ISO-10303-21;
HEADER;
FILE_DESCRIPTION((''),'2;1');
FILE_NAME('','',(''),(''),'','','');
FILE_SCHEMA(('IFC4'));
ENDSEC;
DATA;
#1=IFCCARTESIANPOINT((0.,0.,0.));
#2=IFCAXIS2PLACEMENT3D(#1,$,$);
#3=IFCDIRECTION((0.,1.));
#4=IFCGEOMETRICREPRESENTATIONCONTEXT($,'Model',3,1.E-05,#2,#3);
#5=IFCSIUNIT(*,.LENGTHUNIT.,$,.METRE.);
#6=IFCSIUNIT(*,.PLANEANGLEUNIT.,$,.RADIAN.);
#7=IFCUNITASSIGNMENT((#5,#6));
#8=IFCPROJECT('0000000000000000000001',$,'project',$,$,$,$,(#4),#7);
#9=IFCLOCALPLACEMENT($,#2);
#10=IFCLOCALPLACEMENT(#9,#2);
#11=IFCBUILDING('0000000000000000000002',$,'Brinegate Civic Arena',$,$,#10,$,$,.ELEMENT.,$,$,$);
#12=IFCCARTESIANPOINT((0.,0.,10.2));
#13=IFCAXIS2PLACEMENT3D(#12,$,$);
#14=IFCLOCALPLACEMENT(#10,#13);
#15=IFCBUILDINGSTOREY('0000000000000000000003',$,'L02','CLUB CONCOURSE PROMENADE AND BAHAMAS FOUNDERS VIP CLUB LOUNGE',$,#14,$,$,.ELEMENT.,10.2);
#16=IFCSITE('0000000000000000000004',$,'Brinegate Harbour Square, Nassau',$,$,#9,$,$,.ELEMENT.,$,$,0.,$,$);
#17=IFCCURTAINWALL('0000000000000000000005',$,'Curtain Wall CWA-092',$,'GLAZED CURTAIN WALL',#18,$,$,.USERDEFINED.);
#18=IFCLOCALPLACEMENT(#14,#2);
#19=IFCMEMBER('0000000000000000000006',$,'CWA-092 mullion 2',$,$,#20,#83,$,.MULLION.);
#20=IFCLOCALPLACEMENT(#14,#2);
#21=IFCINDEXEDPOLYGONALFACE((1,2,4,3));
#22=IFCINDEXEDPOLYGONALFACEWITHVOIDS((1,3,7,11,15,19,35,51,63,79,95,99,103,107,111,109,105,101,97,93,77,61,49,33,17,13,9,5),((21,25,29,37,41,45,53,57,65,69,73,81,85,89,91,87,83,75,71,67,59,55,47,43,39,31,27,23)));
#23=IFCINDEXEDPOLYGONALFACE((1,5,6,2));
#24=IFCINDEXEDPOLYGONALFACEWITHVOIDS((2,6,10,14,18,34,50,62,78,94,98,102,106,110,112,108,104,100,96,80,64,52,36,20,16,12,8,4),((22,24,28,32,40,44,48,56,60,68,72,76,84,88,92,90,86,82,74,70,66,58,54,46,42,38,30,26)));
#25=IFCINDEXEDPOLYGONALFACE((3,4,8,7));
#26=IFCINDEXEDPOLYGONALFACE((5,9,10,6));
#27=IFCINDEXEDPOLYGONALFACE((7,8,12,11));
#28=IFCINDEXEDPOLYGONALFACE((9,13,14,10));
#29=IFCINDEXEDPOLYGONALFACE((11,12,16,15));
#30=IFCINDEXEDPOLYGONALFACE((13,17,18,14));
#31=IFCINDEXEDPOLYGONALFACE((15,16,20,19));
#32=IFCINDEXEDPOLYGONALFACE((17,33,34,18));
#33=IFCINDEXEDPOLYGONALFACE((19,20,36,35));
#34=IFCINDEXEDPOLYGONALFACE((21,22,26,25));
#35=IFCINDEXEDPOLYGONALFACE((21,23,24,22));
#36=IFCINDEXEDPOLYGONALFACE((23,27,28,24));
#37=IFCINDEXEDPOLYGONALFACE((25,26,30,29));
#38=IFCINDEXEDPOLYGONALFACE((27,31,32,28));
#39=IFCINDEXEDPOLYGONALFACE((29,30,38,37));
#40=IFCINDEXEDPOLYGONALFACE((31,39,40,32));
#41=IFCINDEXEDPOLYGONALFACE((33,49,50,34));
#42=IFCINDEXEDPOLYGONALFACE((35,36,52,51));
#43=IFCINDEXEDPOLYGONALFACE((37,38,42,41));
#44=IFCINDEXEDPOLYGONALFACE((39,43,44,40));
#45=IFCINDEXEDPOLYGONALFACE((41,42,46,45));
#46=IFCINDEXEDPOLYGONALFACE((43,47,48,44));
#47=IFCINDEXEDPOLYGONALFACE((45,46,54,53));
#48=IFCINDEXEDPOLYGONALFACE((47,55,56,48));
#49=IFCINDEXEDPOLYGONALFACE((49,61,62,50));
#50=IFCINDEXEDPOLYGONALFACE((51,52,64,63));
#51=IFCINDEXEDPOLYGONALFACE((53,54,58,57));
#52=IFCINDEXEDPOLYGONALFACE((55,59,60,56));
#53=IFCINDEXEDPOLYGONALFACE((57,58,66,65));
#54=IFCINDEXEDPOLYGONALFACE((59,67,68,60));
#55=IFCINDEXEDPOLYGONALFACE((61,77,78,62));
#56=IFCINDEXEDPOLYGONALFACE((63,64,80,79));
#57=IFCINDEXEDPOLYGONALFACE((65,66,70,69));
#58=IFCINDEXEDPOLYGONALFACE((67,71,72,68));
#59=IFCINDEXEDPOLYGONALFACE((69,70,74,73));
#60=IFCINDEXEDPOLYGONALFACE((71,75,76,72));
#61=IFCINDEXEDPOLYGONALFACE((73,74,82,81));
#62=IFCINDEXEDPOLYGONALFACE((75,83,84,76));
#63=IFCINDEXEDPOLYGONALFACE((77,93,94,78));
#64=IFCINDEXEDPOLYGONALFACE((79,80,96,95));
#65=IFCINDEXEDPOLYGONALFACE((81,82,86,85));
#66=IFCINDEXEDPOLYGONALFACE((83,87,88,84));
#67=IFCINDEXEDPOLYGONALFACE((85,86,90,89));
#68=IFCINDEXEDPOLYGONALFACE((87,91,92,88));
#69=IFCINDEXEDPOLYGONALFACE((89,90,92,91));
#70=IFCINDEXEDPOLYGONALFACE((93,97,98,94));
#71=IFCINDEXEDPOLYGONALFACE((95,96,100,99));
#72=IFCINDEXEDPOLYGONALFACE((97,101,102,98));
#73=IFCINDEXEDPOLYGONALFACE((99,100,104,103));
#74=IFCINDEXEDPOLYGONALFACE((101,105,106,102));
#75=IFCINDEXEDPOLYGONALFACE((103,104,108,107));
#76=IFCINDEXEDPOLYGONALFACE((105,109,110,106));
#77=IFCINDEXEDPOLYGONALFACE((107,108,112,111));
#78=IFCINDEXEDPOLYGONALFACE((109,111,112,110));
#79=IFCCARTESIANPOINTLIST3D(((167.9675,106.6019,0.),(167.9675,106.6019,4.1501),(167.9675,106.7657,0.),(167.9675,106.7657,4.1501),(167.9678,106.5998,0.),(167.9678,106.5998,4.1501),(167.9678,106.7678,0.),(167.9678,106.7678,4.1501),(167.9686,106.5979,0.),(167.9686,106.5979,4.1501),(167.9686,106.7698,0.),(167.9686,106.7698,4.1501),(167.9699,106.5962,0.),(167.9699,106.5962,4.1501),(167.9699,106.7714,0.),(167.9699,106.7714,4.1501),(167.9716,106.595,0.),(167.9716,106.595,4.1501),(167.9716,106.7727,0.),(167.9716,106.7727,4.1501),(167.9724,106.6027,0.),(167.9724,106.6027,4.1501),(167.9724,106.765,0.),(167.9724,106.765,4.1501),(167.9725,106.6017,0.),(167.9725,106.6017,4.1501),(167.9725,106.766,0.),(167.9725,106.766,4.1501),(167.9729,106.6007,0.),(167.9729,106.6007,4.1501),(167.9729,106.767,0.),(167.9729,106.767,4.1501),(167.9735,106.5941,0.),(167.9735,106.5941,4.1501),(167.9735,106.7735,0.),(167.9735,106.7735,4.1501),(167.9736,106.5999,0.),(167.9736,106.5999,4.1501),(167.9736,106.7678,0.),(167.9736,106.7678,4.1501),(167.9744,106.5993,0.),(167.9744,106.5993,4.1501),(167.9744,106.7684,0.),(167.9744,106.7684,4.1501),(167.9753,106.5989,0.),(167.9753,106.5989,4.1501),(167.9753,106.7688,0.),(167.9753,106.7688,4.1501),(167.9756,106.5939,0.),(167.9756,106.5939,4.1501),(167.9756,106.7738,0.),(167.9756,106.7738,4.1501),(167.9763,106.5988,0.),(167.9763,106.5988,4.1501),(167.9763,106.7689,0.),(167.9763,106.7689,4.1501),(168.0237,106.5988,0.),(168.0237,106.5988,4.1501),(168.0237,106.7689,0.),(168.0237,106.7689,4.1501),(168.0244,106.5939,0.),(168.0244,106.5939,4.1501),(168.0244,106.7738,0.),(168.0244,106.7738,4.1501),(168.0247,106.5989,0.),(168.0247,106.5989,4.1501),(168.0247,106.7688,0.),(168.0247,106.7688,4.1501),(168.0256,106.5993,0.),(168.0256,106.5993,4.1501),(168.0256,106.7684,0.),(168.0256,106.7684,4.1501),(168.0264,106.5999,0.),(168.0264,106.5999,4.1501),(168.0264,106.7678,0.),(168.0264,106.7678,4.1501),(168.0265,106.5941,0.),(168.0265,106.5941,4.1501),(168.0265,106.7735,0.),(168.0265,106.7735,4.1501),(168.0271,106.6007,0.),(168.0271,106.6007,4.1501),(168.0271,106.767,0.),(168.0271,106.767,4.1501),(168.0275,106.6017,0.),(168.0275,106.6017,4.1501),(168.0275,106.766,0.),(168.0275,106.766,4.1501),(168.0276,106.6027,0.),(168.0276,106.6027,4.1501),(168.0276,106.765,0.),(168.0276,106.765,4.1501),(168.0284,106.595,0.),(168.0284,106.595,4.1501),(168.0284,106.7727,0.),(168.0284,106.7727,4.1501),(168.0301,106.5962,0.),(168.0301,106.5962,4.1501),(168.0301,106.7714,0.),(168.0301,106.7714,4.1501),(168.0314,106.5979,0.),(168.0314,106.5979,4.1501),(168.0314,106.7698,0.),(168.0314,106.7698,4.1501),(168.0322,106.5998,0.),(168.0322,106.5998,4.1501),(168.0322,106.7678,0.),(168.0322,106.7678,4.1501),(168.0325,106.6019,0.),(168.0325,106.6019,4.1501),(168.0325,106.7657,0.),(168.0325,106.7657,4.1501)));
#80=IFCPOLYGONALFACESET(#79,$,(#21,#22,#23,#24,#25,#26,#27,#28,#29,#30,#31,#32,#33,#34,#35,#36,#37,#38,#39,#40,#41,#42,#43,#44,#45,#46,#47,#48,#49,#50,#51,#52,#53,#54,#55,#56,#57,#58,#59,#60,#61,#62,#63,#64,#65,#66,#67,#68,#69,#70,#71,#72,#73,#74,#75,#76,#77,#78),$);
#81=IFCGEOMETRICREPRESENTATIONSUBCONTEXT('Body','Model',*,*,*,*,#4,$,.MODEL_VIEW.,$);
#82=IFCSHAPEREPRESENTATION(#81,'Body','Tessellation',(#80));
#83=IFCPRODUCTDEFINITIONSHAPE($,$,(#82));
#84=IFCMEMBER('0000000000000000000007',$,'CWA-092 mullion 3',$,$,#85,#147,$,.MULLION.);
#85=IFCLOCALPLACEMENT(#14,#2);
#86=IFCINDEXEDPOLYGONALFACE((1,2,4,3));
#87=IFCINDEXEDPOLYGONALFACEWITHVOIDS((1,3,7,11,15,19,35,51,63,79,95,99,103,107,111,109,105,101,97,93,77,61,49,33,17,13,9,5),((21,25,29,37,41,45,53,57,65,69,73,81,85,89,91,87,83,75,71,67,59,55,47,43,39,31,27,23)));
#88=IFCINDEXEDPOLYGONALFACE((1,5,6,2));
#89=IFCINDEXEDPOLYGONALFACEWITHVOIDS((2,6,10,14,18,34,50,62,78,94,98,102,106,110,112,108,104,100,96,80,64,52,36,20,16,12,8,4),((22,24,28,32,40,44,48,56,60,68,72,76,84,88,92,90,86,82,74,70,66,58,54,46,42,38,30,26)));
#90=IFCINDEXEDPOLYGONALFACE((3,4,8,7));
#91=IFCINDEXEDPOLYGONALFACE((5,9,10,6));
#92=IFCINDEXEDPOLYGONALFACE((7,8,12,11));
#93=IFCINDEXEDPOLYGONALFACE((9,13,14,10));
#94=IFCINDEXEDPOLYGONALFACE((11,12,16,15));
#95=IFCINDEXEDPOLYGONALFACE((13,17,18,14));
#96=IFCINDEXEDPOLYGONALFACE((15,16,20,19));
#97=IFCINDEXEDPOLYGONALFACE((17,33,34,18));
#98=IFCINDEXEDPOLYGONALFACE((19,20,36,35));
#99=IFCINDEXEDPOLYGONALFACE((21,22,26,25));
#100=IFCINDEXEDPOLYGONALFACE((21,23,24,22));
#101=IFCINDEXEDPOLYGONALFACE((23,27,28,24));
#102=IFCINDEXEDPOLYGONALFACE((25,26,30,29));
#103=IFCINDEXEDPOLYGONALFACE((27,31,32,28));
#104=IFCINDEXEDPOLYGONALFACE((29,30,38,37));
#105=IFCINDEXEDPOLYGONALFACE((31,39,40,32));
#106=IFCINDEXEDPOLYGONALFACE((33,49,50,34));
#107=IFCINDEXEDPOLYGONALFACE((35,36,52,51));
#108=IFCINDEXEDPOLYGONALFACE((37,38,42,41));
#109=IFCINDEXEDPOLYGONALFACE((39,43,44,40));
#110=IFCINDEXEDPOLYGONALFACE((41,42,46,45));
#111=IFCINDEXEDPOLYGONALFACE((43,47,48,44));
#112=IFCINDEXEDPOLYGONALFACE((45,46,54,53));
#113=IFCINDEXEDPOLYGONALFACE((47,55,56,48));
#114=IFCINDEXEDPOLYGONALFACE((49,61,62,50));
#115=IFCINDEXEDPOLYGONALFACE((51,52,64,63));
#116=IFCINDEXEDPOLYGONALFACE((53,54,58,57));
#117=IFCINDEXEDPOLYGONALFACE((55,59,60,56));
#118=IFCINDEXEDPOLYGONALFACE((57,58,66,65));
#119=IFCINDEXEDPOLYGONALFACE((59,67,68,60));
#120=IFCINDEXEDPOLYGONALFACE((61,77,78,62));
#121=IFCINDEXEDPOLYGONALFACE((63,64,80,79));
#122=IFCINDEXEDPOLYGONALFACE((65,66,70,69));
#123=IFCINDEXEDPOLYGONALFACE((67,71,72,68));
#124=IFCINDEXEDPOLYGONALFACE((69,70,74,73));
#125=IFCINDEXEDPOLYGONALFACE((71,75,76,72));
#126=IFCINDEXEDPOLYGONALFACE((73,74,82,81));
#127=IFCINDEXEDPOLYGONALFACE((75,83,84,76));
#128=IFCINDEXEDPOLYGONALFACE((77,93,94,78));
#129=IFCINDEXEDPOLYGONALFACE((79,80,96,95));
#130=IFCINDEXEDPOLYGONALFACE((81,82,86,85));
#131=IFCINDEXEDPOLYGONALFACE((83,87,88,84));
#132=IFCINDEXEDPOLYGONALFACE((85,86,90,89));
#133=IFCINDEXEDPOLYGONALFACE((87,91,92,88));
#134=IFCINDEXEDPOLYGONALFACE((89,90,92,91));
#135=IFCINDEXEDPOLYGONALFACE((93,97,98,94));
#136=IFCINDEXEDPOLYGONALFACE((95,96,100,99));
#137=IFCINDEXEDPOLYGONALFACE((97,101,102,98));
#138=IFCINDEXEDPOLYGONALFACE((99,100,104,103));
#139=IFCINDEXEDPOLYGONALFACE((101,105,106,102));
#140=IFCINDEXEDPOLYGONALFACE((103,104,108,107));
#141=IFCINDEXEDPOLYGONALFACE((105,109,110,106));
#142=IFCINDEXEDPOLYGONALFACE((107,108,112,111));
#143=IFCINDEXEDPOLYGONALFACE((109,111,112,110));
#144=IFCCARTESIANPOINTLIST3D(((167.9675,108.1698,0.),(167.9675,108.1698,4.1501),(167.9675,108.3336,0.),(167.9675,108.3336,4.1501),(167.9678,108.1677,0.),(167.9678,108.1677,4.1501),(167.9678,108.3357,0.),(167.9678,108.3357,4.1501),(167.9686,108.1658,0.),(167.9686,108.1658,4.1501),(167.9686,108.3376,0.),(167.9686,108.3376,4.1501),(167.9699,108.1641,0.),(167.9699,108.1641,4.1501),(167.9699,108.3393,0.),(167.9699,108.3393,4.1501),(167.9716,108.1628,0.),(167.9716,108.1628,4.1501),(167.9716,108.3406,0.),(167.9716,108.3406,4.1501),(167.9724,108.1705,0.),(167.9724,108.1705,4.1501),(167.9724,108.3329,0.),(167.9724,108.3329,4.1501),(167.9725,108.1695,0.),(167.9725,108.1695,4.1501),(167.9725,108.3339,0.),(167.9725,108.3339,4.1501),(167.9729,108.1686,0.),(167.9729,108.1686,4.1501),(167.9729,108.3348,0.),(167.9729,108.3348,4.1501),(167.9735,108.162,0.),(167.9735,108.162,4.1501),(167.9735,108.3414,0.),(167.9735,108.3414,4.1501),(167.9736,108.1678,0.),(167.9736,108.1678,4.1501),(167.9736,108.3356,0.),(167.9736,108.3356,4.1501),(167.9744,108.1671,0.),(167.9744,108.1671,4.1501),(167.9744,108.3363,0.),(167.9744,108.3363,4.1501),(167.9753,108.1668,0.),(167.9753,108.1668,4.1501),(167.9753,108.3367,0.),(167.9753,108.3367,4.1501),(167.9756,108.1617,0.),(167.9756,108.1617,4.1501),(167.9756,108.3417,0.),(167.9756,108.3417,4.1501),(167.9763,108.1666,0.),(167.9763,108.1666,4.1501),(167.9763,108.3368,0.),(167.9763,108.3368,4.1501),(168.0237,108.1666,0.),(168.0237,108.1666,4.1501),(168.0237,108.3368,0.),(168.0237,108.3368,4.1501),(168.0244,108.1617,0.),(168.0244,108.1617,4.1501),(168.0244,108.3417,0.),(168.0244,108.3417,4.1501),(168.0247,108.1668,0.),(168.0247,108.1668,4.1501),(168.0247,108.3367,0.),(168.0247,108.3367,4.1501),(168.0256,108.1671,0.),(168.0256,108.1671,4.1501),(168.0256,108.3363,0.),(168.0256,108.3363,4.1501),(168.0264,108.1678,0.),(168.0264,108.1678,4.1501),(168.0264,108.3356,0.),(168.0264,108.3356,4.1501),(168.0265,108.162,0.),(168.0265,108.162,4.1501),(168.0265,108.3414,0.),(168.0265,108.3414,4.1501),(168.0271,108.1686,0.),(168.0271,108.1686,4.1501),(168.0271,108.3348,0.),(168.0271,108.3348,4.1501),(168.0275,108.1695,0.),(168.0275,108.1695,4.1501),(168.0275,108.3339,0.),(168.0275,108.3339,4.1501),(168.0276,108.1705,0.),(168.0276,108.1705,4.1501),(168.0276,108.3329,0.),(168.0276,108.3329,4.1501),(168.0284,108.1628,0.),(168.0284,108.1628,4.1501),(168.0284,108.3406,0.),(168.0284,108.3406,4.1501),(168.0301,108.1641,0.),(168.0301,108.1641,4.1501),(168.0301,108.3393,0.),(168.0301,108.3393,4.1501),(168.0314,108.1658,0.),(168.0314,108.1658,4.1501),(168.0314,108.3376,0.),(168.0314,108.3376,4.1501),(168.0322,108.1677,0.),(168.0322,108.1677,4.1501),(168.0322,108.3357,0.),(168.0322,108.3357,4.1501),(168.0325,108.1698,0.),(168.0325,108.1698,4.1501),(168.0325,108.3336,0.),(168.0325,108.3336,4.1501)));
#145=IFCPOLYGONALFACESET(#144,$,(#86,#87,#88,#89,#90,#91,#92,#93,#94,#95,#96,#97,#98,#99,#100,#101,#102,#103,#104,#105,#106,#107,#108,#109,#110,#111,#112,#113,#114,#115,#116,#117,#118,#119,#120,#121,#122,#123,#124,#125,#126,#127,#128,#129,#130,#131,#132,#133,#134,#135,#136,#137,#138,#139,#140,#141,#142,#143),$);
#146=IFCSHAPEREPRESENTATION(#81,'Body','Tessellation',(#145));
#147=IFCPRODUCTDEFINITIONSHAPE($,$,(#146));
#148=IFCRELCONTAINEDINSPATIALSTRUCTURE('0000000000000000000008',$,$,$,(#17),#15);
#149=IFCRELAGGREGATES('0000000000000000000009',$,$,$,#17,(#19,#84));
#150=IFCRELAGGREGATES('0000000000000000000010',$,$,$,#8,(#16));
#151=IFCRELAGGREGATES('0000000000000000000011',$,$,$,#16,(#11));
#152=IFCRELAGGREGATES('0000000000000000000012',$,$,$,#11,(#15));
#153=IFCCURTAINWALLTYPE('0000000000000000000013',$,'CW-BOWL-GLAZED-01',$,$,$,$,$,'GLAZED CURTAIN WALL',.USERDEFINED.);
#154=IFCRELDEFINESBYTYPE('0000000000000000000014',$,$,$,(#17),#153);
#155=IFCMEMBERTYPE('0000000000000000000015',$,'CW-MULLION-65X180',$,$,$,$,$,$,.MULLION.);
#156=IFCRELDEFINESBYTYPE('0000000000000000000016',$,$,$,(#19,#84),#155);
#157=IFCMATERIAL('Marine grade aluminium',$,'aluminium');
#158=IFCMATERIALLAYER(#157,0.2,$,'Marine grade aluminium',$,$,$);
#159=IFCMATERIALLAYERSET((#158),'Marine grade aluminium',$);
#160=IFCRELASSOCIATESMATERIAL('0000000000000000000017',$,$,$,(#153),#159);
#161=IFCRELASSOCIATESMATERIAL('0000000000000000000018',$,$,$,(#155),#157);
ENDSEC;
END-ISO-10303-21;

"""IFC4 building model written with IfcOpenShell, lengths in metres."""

from ifc_helpers import new_model, si_unit, direction, frame, origin, origin_2d, place, context, subcontext, project, spatial, hollow_rectangle, extrude, material, layer, layer_set, material_profile, profile_set, type_object, element, aggregate, save


model = new_model("IFC4")

# Units and contexts
model_context = context("Model", 3, precision=1e-05, world=origin(), true_north=direction((0.0, 1.0)))
body_context = subcontext(model_context, "Body", "Model", "MODEL_VIEW")
ifc_project = project(units=[si_unit("LENGTHUNIT", "METRE"), si_unit("PLANEANGLEUNIT", "RADIAN")], contexts=[model_context])

# Site, building, storey
site_placement = place(None, origin())
site = spatial("IfcSite", under=ifc_project, at=site_placement, Name="Brinegate Harbour Square, Nassau", CompositionType="ELEMENT", RefElevation=0.0)
building_placement = place(site_placement, origin())
building = spatial("IfcBuilding", under=site, at=building_placement, Name="Brinegate Civic Arena", CompositionType="ELEMENT")
storey_placement = place(building_placement, frame((0.0, 0.0, 10.2)))
storey = spatial("IfcBuildingStorey", under=building, at=storey_placement, Name="L02", Description="CLUB CONCOURSE PROMENADE AND BAHAMAS FOUNDERS VIP CLUB LOUNGE", CompositionType="ELEMENT", Elevation=10.2)

# Curtain wall, members
ifc_material_1 = material(Name="Marine grade aluminium", Category="aluminium")
ifc_layer_1 = layer(ifc_material_1, 0.2, Name="Marine grade aluminium")
ifc_layer_set_1 = layer_set([ifc_layer_1], Name="Marine grade aluminium")
curtain_wall_type = type_object("IfcCurtainWallType", Name="CW-BOWL-GLAZED-01", ElementType="GLAZED CURTAIN WALL", PredefinedType="USERDEFINED", material=ifc_layer_set_1)
curtain_wall_1_placement = place(storey_placement, origin())
curtain_wall_1 = element("IfcCurtainWall", 1, at=curtain_wall_1_placement, inside=storey, type_object=curtain_wall_type, Name="Curtain Wall CWA-092", ObjectType="GLAZED CURTAIN WALL", PredefinedType="USERDEFINED")
ifc_material_profile_1 = material_profile(ifc_material_1, hollow_rectangle(XDim=0.0649, YDim=0.1799, WallThickness=0.0049, InnerFilletRadius=0.0039, OuterFilletRadius=0.0081, at=origin_2d()), Name="MUL65X180")
ifc_profile_set_1 = profile_set([ifc_material_profile_1], Name="Marine grade aluminium")
member_type_1 = type_object("IfcMemberType", Name="CW-MULLION-65X180", PredefinedType="MULLION", material=ifc_profile_set_1)
member_1_placement = place(storey_placement, frame((168.0, 106.6838, 0.0), z_axis=(0.0, 0.0, 1.0), x_axis=(-1.0, 0.0, 0.0)))
member_1 = element("IfcMember", 2, at=member_1_placement, type_object=member_type_1, Name="CWA-092 mullion 2", PredefinedType="MULLION", context=body_context, shape_type="SweptSolid", body=[
    extrude(hollow_rectangle(XDim=0.0649, YDim=0.1799, WallThickness=0.0049, InnerFilletRadius=0.0039, OuterFilletRadius=0.0081, at=origin_2d()), origin(), (0.0, 0.0, 1.0), 4.1501),
])
member_2_placement = place(storey_placement, frame((168.0, 108.2517, 0.0), z_axis=(0.0, 0.0, 1.0), x_axis=(-1.0, 0.0, 0.0)))
member_2 = element("IfcMember", 3, at=member_2_placement, type_object=member_type_1, Name="CWA-092 mullion 3", PredefinedType="MULLION", context=body_context, shape_type="SweptSolid", body=[
    extrude(hollow_rectangle(XDim=0.0649, YDim=0.1799, WallThickness=0.0049, InnerFilletRadius=0.0039, OuterFilletRadius=0.0081, at=origin_2d()), origin(), (0.0, 0.0, 1.0), 4.1501),
])

aggregate(curtain_wall_1, [member_1, member_2])

save(model, "model.ifc")
